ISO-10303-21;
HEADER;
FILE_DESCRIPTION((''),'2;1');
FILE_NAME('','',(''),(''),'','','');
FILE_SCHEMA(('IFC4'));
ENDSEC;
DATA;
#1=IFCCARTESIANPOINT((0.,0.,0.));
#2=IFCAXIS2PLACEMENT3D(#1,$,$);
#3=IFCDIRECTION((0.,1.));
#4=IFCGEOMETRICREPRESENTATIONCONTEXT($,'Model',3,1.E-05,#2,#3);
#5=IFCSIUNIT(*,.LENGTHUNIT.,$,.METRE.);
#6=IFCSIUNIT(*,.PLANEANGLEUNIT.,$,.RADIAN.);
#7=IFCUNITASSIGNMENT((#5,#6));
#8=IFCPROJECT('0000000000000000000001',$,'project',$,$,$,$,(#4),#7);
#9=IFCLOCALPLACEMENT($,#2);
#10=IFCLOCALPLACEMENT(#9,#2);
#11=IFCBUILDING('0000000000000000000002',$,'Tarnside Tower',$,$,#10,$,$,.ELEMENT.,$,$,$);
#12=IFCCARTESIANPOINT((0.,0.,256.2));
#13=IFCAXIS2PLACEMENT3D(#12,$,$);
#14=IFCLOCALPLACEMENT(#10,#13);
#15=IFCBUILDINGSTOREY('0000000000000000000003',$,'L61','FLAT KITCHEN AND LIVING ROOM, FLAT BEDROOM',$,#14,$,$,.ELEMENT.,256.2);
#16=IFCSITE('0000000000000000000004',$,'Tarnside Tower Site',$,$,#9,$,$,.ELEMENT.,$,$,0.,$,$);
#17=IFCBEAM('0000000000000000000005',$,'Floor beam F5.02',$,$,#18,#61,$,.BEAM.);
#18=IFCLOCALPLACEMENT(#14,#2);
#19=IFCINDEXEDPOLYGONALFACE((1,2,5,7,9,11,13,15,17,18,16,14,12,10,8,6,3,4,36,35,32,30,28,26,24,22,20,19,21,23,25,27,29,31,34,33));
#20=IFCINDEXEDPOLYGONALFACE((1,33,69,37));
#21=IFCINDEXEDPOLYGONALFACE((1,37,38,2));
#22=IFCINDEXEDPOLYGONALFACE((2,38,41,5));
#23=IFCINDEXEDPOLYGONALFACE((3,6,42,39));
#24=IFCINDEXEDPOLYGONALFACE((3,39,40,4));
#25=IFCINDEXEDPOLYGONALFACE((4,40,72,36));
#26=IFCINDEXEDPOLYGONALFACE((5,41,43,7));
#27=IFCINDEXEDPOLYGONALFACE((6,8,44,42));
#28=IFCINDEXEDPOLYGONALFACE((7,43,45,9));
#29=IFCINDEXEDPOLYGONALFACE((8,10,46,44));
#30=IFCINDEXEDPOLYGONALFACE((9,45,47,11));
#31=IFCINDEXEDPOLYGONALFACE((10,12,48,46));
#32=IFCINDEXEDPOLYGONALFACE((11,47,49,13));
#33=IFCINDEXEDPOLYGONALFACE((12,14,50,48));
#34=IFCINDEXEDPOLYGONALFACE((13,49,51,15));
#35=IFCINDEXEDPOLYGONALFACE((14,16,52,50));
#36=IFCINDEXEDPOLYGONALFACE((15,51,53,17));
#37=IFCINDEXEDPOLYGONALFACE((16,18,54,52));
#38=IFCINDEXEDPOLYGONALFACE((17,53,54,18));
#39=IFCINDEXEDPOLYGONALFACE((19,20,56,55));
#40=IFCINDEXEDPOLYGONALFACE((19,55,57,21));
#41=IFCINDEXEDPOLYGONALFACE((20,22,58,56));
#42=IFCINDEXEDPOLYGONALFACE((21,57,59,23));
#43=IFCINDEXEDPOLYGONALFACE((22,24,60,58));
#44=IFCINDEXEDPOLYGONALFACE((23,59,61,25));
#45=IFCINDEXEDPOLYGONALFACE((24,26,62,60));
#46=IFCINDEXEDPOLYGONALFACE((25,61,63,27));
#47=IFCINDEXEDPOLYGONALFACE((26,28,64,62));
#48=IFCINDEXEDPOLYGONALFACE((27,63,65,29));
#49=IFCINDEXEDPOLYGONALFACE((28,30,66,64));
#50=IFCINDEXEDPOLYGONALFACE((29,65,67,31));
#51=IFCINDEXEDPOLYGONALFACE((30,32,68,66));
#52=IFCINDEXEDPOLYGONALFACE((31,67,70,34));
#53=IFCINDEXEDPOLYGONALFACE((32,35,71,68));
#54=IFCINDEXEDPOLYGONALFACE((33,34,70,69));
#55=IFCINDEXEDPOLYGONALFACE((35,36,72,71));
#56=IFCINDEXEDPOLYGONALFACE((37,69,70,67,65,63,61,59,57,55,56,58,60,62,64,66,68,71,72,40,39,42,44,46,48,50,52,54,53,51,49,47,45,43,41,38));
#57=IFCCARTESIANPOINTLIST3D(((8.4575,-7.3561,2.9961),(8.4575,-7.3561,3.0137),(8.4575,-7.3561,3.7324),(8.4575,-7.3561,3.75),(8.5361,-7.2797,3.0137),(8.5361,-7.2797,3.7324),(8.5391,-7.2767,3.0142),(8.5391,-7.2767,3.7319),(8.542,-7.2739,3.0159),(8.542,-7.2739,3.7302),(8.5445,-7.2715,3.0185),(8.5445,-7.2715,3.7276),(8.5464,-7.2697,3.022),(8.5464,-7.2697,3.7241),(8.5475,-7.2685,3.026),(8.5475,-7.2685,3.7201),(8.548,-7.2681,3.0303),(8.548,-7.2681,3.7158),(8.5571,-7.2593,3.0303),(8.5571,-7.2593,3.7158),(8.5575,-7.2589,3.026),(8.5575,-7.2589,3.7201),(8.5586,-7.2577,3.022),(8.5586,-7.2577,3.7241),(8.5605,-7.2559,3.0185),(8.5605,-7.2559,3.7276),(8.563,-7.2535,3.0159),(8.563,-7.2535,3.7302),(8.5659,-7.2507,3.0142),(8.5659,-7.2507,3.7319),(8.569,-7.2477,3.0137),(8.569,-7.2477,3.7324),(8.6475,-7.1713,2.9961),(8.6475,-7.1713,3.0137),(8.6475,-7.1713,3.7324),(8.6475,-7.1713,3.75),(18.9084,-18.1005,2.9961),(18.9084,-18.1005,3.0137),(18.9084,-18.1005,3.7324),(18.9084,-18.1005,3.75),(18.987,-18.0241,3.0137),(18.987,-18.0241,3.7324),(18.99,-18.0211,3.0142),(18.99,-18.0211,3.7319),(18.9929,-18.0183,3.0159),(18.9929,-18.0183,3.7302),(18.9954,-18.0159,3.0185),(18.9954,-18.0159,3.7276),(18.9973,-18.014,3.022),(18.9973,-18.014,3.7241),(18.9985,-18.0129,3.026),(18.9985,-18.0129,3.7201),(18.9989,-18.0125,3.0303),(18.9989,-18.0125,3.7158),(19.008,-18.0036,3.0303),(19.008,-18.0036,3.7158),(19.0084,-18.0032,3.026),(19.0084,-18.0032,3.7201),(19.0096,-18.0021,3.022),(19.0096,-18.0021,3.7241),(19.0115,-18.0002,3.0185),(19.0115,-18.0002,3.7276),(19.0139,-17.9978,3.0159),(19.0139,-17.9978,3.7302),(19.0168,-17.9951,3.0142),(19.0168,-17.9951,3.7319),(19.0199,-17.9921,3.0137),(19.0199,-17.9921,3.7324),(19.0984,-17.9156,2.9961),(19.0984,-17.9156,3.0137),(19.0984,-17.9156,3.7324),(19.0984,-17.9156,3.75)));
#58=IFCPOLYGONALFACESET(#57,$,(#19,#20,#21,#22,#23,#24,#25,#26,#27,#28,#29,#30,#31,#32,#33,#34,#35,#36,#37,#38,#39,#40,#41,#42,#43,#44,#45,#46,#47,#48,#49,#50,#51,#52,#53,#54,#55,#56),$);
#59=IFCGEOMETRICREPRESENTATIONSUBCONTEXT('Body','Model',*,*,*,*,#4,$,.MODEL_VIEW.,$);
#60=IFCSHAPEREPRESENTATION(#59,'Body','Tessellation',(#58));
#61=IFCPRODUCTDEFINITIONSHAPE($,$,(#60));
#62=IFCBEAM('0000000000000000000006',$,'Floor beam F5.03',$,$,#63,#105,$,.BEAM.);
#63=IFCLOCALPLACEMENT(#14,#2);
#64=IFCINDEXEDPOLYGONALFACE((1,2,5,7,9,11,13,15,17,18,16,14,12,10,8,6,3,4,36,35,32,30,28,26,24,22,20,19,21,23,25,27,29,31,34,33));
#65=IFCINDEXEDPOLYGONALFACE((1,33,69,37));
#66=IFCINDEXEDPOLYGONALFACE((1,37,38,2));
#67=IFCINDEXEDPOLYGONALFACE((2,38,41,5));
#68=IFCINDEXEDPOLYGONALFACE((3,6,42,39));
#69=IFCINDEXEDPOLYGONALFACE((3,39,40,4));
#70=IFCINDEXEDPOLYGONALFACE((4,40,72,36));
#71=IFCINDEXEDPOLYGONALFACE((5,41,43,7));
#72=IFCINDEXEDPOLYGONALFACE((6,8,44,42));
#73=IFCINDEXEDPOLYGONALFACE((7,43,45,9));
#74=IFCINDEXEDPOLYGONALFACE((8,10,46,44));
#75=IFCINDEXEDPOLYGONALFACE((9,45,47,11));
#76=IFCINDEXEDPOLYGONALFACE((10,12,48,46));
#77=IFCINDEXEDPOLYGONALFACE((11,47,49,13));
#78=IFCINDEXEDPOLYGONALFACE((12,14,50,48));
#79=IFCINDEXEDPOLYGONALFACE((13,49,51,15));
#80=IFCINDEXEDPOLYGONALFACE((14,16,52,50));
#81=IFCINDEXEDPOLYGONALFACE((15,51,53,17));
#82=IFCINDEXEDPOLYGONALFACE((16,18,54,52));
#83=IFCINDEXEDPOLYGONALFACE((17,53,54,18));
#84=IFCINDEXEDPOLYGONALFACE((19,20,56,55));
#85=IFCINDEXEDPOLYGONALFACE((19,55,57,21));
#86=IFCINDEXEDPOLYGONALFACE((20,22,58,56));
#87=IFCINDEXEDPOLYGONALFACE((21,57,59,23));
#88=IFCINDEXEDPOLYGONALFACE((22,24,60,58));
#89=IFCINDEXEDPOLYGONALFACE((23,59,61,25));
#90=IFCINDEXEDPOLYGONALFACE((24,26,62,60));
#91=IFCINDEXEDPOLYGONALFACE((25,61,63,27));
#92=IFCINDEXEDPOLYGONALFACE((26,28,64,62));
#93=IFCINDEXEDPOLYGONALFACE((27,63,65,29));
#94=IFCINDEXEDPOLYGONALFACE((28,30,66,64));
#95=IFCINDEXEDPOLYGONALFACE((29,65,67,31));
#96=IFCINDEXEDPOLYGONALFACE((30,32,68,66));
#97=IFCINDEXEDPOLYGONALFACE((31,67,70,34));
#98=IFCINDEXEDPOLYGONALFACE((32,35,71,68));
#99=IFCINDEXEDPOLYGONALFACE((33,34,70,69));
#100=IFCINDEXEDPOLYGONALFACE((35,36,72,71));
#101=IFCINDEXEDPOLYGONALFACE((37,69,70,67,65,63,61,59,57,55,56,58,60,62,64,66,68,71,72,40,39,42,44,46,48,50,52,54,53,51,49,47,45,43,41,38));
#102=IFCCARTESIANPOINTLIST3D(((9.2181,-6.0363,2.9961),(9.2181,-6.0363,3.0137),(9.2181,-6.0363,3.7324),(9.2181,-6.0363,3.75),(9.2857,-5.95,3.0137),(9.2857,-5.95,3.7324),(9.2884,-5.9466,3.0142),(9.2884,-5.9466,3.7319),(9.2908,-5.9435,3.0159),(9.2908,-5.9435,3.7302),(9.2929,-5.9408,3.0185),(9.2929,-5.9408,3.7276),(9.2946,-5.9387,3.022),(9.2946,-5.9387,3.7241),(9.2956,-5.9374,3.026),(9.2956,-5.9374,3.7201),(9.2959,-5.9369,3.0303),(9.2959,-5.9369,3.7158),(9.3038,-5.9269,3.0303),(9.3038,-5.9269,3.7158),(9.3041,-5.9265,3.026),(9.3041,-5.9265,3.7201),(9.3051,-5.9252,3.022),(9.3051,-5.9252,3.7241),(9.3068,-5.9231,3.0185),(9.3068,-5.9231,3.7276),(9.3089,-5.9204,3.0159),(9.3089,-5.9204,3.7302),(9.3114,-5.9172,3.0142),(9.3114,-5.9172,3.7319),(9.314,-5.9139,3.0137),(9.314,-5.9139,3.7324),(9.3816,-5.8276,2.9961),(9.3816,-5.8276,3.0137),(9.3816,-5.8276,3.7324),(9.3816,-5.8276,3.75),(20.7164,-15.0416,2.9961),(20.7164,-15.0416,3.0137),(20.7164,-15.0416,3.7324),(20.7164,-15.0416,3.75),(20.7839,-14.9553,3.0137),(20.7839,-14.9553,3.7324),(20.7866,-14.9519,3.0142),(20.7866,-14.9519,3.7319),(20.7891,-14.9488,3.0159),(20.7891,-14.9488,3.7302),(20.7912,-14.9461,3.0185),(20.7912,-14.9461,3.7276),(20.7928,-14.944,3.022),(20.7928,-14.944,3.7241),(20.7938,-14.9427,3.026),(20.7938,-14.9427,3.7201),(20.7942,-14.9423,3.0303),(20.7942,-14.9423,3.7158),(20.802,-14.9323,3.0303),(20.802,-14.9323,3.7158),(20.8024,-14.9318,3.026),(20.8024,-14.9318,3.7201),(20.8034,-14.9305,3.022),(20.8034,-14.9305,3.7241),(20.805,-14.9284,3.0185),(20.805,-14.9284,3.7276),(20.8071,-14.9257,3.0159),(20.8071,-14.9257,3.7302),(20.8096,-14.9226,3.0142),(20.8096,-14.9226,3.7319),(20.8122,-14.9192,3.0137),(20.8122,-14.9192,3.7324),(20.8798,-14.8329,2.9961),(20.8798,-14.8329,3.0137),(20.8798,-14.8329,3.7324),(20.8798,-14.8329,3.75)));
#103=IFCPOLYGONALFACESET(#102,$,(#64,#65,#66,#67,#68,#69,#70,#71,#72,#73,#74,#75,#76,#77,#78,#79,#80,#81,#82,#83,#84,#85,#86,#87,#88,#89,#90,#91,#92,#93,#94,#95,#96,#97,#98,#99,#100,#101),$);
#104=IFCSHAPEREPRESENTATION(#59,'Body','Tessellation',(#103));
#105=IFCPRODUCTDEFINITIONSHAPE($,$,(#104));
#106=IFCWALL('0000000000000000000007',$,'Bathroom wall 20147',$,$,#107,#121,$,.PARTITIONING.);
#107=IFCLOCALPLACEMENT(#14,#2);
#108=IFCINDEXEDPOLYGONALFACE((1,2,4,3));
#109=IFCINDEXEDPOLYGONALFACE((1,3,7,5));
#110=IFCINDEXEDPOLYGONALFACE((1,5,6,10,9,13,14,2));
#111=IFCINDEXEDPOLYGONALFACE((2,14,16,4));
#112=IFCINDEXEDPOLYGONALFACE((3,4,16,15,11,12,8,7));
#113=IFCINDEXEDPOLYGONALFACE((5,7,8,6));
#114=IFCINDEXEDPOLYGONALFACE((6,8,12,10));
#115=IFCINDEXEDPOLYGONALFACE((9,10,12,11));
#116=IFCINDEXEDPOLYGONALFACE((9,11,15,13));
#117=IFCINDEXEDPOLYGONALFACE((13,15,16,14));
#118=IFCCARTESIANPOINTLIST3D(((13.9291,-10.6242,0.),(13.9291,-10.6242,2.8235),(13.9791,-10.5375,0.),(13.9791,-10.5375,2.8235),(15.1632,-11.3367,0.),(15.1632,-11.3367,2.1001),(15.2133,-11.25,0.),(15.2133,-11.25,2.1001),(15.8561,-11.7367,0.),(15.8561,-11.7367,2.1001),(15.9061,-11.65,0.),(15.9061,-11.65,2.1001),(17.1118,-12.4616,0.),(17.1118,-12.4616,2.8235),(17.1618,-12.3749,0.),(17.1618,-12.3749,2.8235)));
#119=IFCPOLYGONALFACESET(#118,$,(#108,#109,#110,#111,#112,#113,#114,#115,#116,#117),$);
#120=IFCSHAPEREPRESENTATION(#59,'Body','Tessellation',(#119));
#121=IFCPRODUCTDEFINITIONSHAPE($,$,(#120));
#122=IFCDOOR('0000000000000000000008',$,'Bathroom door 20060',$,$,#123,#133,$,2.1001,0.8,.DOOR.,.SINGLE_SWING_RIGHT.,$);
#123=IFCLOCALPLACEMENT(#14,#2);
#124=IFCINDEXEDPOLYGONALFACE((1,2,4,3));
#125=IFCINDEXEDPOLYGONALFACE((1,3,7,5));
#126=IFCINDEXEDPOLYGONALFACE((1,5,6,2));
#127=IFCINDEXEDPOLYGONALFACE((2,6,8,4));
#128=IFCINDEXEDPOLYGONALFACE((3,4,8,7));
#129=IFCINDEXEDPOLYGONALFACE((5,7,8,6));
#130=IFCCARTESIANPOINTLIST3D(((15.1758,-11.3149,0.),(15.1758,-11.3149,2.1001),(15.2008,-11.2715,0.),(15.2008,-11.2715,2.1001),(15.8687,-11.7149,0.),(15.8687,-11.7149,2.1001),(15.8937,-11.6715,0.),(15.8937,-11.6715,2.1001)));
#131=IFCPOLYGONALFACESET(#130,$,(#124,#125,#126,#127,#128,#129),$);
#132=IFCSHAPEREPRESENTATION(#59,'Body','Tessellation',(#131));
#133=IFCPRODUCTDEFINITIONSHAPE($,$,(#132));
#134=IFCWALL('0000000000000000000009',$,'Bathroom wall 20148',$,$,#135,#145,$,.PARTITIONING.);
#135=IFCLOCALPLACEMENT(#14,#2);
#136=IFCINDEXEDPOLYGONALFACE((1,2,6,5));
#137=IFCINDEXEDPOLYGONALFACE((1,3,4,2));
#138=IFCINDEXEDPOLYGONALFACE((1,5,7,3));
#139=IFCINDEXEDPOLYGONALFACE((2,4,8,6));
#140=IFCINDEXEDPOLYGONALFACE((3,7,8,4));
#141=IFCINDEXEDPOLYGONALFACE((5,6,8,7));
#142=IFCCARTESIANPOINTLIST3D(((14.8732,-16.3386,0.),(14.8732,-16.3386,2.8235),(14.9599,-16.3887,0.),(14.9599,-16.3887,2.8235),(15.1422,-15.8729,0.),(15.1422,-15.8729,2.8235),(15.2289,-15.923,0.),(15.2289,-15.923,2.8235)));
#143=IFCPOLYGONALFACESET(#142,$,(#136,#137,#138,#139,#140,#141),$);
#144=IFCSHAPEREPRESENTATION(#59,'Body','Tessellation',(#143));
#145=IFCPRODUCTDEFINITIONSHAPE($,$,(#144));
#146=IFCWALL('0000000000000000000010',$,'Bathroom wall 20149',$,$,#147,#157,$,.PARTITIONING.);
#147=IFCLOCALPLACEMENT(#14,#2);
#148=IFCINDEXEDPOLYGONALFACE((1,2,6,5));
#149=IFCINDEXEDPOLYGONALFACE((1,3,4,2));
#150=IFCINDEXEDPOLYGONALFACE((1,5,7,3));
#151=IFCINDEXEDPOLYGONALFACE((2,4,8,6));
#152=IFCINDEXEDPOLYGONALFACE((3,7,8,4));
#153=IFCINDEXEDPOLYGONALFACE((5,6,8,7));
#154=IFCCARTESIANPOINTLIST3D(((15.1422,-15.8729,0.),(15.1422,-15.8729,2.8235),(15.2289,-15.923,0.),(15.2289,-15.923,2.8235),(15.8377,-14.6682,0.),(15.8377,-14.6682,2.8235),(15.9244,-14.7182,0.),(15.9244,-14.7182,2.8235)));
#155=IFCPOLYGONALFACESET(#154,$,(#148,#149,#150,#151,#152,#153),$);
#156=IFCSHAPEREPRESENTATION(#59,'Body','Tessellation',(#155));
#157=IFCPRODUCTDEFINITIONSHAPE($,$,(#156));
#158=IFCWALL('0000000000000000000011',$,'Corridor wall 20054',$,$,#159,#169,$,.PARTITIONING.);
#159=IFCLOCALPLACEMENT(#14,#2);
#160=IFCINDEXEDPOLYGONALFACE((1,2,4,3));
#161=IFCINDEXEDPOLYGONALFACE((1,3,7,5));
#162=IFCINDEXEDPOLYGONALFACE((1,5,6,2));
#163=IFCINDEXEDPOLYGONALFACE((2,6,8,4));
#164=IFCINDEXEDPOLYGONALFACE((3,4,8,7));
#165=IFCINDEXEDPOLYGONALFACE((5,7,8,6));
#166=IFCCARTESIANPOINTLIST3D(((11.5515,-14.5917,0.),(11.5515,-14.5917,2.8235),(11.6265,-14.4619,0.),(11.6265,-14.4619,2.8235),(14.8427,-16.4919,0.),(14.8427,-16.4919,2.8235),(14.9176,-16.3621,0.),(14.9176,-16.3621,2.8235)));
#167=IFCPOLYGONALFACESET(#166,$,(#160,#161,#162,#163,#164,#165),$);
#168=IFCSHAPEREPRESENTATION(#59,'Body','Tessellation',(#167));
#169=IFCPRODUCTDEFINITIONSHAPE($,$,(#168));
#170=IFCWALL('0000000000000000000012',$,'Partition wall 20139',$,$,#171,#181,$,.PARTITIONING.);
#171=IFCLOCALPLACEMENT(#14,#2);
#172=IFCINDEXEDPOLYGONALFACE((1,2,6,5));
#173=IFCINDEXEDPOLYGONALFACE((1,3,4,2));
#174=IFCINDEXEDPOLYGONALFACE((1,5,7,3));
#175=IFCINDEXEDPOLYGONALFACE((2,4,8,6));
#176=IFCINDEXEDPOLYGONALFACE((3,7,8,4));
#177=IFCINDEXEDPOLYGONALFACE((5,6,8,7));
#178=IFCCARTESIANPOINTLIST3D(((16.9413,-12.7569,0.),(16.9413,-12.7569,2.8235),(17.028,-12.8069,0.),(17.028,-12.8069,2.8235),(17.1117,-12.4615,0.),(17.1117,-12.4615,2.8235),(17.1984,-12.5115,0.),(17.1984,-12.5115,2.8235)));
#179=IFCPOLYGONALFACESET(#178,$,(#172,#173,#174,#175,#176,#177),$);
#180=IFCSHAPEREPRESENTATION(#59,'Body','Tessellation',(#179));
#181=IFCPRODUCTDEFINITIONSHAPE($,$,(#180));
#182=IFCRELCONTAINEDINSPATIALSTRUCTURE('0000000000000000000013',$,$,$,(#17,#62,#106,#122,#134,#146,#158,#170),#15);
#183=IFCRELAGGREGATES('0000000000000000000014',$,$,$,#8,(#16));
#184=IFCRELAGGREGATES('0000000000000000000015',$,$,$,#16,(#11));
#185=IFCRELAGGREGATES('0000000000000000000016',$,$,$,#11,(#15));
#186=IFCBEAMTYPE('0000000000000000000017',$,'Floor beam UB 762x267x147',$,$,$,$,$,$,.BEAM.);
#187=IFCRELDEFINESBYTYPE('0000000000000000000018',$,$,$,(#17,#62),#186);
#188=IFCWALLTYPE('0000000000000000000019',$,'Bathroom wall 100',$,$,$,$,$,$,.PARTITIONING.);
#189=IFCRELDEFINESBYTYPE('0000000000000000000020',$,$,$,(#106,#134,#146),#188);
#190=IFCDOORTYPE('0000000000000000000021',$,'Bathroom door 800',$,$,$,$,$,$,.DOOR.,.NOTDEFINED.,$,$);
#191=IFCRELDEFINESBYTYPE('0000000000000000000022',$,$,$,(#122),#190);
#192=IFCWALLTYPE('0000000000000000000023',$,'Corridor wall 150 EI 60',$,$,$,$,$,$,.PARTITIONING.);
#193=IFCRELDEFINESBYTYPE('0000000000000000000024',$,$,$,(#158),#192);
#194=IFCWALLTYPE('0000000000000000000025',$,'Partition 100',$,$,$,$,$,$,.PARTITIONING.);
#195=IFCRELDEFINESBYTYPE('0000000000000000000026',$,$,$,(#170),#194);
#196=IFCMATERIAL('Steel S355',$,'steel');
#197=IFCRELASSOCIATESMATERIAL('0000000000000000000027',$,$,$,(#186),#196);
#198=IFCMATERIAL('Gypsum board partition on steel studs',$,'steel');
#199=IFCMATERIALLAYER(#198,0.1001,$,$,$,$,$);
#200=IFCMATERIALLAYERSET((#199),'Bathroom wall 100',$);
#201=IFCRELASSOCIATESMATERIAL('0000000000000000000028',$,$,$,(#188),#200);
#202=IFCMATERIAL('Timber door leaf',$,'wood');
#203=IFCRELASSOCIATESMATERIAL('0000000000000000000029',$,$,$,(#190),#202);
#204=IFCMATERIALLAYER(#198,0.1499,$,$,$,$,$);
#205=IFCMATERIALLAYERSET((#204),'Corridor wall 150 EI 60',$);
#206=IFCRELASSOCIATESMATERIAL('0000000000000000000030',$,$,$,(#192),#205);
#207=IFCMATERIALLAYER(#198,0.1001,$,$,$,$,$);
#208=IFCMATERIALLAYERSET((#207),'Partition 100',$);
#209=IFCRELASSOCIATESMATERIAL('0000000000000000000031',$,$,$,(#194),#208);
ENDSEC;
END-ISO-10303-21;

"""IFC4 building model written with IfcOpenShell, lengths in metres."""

from ifc_helpers import new_model, si_unit, direction, frame, frame_2d, origin, origin_2d, place, context, subcontext, project, spatial, rectangle, i_section, extrude, material, layer, layer_set, material_profile, profile_set, type_object, element, fill, save


model = new_model("IFC4")

# Units and contexts
model_context = context("Model", 3, precision=1e-05, world=origin(), true_north=direction((0.0, 1.0)))
body_context = subcontext(model_context, "Body", "Model", "MODEL_VIEW")
ifc_project = project(units=[si_unit("LENGTHUNIT", "METRE"), si_unit("PLANEANGLEUNIT", "RADIAN")], contexts=[model_context])

# Site, building, storey
site_placement = place(None, origin())
site = spatial("IfcSite", under=ifc_project, at=site_placement, Name="Tarnside Tower Site", CompositionType="ELEMENT", RefElevation=0.0)
building_placement = place(site_placement, origin())
building = spatial("IfcBuilding", under=site, at=building_placement, Name="Tarnside Tower", CompositionType="ELEMENT")
storey_placement = place(building_placement, frame((0.0, 0.0, 256.2)))
storey = spatial("IfcBuildingStorey", under=building, at=storey_placement, Name="L61", Description="FLAT KITCHEN AND LIVING ROOM, FLAT BEDROOM", CompositionType="ELEMENT", Elevation=256.2)

# Beams
ifc_material_1 = material(Name="Steel S355", Category="steel")
ifc_material_profile = material_profile(ifc_material_1, i_section(OverallWidth=0.2651, OverallDepth=0.7539, WebThickness=0.0127, FlangeThickness=0.0176, FilletRadius=0.0166, at=origin_2d()), Name="UB 762x267x147")
ifc_profile_set = profile_set([ifc_material_profile], Name="Steel S355")
beam_type = type_object("IfcBeamType", Name="Floor beam UB 762x267x147", PredefinedType="BEAM", material=ifc_profile_set)
beam_1_placement = place(storey_placement, frame((19.0034, -18.0081, 3.373), z_axis=(-0.69725, 0.716828, 0.0), x_axis=(-0.716828, -0.69725, 0.0)))
element("IfcBeam", 1, at=beam_1_placement, inside=storey, type_object=beam_type, Name="Floor beam F5.02", PredefinedType="BEAM", context=body_context, shape_type="SweptSolid", body=[
    extrude(i_section(OverallWidth=0.2651, OverallDepth=0.7539, WebThickness=0.0127, FlangeThickness=0.0176, FilletRadius=0.0166, at=origin_2d()), origin(), (0.0, 0.0, 1.0), 14.9888),
])
beam_2_placement = place(storey_placement, frame((20.7981, -14.9373, 3.373), z_axis=(-0.787282, 0.616593, 0.0), x_axis=(-0.616593, -0.787282, 0.0)))
element("IfcBeam", 2, at=beam_2_placement, inside=storey, type_object=beam_type, Name="Floor beam F5.03", PredefinedType="BEAM", context=body_context, shape_type="SweptSolid", body=[
    extrude(i_section(OverallWidth=0.2651, OverallDepth=0.7539, WebThickness=0.0127, FlangeThickness=0.0176, FilletRadius=0.0166, at=origin_2d()), origin(), (0.0, 0.0, 1.0), 14.605),
])

# Wall, opening, door
ifc_material_2 = material(Name="Gypsum board partition on steel studs", Category="steel")
ifc_layer_1 = layer(ifc_material_2, 0.1001)
ifc_layer_set_1 = layer_set([ifc_layer_1], Name="Bathroom wall 100")
wall_type_1 = type_object("IfcWallType", Name="Bathroom wall 100", PredefinedType="PARTITIONING", material=ifc_layer_set_1)
wall_1_placement = place(storey_placement, frame((17.1367, -12.4182, 0.0), z_axis=(0.0, 0.0, 1.0), x_axis=(-0.866035, 0.499983, 0.0)))
wall_1 = element("IfcWall", 3, at=wall_1_placement, inside=storey, type_object=wall_type_1, Name="Bathroom wall 20147", PredefinedType="PARTITIONING", context=body_context, shape_type="SweptSolid", body=[
    extrude(rectangle(XDim=3.675, YDim=0.1001, at=frame_2d((1.8374, 0.0))), origin(), (0.0, 0.0, 1.0), 2.8235),
])
opening_1_placement = place(wall_1_placement, frame((1.45, 0.0, 0.0)))
opening_1 = element("IfcOpeningElement", 4, at=opening_1_placement, cuts=wall_1, PredefinedType="OPENING", context=body_context, shape_type="SweptSolid", body=[
    extrude(rectangle(XDim=0.8, YDim=2.1001, at=frame_2d((0.3999, 1.05))), frame((0.0, 0.0601, 0.0), z_axis=(0.0, -1.0, 0.0), x_axis=(1.0, 0.0, 0.0)), (0.0, 0.0, 1.0), 0.1201),
])
ifc_material_3 = material(Name="Timber door leaf", Category="wood")
door_type_1 = type_object("IfcDoorType", Name="Bathroom door 800", OperationType="NOTDEFINED", PredefinedType="DOOR", material=ifc_material_3)
door_1_placement = place(opening_1_placement, origin())
door_1 = element("IfcDoor", 5, at=door_1_placement, inside=storey, type_object=door_type_1, Name="Bathroom door 20060", OperationType="SINGLE_SWING_RIGHT", OverallHeight=2.1001, OverallWidth=0.8, PredefinedType="DOOR", context=body_context, shape_type="SweptSolid", body=[
    extrude(rectangle(XDim=0.8, YDim=2.1001, at=frame_2d((0.3999, 1.05))), frame((0.0, 0.0249, 0.0), z_axis=(0.0, -1.0, 0.0), x_axis=(1.0, 0.0, 0.0)), (0.0, 0.0, 1.0), 0.05),
])
fill(opening_1, door_1)

# Walls
wall_2_placement = place(storey_placement, frame((14.9165, -16.3638, 0.0), z_axis=(0.0, 0.0, 1.0), x_axis=(0.500141, 0.865944, 0.0)))
element("IfcWall", 6, at=wall_2_placement, inside=storey, type_object=wall_type_1, Name="Bathroom wall 20148", PredefinedType="PARTITIONING", context=body_context, shape_type="SweptSolid", body=[
    extrude(rectangle(XDim=0.5378, YDim=0.1001, at=frame_2d((0.269, 0.0))), origin(), (0.0, 0.0, 1.0), 2.8235),
])
wall_3_placement = place(storey_placement, frame((15.1855, -15.8979, 0.0), z_axis=(0.0, 0.0, 1.0), x_axis=(0.499971, 0.866042, 0.0)))
element("IfcWall", 7, at=wall_3_placement, inside=storey, type_object=wall_type_1, Name="Bathroom wall 20149", PredefinedType="PARTITIONING", context=body_context, shape_type="SweptSolid", body=[
    extrude(rectangle(XDim=1.3911, YDim=0.1001, at=frame_2d((0.6956, 0.0))), origin(), (0.0, 0.0, 1.0), 2.8235),
])
ifc_layer_2 = layer(ifc_material_2, 0.1499)
ifc_layer_set_2 = layer_set([ifc_layer_2], Name="Corridor wall 150 EI 60")
wall_type_2 = type_object("IfcWallType", Name="Corridor wall 150 EI 60", PredefinedType="PARTITIONING", material=ifc_layer_set_2)
wall_4_placement = place(storey_placement, frame((14.8801, -16.427, 0.0), z_axis=(0.0, 0.0, 1.0), x_axis=(-0.866017, 0.500015, 0.0)))
element("IfcWall", 8, at=wall_4_placement, inside=storey, type_object=wall_type_2, Name="Corridor wall 20054", PredefinedType="PARTITIONING", context=body_context, shape_type="SweptSolid", body=[
    extrude(rectangle(XDim=3.8003, YDim=0.1499, at=frame_2d((1.9001, 0.0))), origin(), (0.0, 0.0, 1.0), 2.8235),
])
ifc_layer_3 = layer(ifc_material_2, 0.1001)
ifc_layer_set_3 = layer_set([ifc_layer_3], Name="Partition 100")
wall_type_3 = type_object("IfcWallType", Name="Partition 100", PredefinedType="PARTITIONING", material=ifc_layer_set_3)
wall_5_placement = place(storey_placement, frame((17.155, -12.4866, 0.0), z_axis=(0.0, 0.0, 1.0), x_axis=(-0.499681, -0.866209, 0.0)))
element("IfcWall", 9, at=wall_5_placement, inside=storey, type_object=wall_type_3, Name="Partition wall 20139", PredefinedType="PARTITIONING", context=body_context, shape_type="SweptSolid", body=[
    extrude(rectangle(XDim=0.3411, YDim=0.1001, at=frame_2d((0.1704, 0.0))), origin(), (0.0, 0.0, 1.0), 2.8235),
])

save(model, "model.ifc")
